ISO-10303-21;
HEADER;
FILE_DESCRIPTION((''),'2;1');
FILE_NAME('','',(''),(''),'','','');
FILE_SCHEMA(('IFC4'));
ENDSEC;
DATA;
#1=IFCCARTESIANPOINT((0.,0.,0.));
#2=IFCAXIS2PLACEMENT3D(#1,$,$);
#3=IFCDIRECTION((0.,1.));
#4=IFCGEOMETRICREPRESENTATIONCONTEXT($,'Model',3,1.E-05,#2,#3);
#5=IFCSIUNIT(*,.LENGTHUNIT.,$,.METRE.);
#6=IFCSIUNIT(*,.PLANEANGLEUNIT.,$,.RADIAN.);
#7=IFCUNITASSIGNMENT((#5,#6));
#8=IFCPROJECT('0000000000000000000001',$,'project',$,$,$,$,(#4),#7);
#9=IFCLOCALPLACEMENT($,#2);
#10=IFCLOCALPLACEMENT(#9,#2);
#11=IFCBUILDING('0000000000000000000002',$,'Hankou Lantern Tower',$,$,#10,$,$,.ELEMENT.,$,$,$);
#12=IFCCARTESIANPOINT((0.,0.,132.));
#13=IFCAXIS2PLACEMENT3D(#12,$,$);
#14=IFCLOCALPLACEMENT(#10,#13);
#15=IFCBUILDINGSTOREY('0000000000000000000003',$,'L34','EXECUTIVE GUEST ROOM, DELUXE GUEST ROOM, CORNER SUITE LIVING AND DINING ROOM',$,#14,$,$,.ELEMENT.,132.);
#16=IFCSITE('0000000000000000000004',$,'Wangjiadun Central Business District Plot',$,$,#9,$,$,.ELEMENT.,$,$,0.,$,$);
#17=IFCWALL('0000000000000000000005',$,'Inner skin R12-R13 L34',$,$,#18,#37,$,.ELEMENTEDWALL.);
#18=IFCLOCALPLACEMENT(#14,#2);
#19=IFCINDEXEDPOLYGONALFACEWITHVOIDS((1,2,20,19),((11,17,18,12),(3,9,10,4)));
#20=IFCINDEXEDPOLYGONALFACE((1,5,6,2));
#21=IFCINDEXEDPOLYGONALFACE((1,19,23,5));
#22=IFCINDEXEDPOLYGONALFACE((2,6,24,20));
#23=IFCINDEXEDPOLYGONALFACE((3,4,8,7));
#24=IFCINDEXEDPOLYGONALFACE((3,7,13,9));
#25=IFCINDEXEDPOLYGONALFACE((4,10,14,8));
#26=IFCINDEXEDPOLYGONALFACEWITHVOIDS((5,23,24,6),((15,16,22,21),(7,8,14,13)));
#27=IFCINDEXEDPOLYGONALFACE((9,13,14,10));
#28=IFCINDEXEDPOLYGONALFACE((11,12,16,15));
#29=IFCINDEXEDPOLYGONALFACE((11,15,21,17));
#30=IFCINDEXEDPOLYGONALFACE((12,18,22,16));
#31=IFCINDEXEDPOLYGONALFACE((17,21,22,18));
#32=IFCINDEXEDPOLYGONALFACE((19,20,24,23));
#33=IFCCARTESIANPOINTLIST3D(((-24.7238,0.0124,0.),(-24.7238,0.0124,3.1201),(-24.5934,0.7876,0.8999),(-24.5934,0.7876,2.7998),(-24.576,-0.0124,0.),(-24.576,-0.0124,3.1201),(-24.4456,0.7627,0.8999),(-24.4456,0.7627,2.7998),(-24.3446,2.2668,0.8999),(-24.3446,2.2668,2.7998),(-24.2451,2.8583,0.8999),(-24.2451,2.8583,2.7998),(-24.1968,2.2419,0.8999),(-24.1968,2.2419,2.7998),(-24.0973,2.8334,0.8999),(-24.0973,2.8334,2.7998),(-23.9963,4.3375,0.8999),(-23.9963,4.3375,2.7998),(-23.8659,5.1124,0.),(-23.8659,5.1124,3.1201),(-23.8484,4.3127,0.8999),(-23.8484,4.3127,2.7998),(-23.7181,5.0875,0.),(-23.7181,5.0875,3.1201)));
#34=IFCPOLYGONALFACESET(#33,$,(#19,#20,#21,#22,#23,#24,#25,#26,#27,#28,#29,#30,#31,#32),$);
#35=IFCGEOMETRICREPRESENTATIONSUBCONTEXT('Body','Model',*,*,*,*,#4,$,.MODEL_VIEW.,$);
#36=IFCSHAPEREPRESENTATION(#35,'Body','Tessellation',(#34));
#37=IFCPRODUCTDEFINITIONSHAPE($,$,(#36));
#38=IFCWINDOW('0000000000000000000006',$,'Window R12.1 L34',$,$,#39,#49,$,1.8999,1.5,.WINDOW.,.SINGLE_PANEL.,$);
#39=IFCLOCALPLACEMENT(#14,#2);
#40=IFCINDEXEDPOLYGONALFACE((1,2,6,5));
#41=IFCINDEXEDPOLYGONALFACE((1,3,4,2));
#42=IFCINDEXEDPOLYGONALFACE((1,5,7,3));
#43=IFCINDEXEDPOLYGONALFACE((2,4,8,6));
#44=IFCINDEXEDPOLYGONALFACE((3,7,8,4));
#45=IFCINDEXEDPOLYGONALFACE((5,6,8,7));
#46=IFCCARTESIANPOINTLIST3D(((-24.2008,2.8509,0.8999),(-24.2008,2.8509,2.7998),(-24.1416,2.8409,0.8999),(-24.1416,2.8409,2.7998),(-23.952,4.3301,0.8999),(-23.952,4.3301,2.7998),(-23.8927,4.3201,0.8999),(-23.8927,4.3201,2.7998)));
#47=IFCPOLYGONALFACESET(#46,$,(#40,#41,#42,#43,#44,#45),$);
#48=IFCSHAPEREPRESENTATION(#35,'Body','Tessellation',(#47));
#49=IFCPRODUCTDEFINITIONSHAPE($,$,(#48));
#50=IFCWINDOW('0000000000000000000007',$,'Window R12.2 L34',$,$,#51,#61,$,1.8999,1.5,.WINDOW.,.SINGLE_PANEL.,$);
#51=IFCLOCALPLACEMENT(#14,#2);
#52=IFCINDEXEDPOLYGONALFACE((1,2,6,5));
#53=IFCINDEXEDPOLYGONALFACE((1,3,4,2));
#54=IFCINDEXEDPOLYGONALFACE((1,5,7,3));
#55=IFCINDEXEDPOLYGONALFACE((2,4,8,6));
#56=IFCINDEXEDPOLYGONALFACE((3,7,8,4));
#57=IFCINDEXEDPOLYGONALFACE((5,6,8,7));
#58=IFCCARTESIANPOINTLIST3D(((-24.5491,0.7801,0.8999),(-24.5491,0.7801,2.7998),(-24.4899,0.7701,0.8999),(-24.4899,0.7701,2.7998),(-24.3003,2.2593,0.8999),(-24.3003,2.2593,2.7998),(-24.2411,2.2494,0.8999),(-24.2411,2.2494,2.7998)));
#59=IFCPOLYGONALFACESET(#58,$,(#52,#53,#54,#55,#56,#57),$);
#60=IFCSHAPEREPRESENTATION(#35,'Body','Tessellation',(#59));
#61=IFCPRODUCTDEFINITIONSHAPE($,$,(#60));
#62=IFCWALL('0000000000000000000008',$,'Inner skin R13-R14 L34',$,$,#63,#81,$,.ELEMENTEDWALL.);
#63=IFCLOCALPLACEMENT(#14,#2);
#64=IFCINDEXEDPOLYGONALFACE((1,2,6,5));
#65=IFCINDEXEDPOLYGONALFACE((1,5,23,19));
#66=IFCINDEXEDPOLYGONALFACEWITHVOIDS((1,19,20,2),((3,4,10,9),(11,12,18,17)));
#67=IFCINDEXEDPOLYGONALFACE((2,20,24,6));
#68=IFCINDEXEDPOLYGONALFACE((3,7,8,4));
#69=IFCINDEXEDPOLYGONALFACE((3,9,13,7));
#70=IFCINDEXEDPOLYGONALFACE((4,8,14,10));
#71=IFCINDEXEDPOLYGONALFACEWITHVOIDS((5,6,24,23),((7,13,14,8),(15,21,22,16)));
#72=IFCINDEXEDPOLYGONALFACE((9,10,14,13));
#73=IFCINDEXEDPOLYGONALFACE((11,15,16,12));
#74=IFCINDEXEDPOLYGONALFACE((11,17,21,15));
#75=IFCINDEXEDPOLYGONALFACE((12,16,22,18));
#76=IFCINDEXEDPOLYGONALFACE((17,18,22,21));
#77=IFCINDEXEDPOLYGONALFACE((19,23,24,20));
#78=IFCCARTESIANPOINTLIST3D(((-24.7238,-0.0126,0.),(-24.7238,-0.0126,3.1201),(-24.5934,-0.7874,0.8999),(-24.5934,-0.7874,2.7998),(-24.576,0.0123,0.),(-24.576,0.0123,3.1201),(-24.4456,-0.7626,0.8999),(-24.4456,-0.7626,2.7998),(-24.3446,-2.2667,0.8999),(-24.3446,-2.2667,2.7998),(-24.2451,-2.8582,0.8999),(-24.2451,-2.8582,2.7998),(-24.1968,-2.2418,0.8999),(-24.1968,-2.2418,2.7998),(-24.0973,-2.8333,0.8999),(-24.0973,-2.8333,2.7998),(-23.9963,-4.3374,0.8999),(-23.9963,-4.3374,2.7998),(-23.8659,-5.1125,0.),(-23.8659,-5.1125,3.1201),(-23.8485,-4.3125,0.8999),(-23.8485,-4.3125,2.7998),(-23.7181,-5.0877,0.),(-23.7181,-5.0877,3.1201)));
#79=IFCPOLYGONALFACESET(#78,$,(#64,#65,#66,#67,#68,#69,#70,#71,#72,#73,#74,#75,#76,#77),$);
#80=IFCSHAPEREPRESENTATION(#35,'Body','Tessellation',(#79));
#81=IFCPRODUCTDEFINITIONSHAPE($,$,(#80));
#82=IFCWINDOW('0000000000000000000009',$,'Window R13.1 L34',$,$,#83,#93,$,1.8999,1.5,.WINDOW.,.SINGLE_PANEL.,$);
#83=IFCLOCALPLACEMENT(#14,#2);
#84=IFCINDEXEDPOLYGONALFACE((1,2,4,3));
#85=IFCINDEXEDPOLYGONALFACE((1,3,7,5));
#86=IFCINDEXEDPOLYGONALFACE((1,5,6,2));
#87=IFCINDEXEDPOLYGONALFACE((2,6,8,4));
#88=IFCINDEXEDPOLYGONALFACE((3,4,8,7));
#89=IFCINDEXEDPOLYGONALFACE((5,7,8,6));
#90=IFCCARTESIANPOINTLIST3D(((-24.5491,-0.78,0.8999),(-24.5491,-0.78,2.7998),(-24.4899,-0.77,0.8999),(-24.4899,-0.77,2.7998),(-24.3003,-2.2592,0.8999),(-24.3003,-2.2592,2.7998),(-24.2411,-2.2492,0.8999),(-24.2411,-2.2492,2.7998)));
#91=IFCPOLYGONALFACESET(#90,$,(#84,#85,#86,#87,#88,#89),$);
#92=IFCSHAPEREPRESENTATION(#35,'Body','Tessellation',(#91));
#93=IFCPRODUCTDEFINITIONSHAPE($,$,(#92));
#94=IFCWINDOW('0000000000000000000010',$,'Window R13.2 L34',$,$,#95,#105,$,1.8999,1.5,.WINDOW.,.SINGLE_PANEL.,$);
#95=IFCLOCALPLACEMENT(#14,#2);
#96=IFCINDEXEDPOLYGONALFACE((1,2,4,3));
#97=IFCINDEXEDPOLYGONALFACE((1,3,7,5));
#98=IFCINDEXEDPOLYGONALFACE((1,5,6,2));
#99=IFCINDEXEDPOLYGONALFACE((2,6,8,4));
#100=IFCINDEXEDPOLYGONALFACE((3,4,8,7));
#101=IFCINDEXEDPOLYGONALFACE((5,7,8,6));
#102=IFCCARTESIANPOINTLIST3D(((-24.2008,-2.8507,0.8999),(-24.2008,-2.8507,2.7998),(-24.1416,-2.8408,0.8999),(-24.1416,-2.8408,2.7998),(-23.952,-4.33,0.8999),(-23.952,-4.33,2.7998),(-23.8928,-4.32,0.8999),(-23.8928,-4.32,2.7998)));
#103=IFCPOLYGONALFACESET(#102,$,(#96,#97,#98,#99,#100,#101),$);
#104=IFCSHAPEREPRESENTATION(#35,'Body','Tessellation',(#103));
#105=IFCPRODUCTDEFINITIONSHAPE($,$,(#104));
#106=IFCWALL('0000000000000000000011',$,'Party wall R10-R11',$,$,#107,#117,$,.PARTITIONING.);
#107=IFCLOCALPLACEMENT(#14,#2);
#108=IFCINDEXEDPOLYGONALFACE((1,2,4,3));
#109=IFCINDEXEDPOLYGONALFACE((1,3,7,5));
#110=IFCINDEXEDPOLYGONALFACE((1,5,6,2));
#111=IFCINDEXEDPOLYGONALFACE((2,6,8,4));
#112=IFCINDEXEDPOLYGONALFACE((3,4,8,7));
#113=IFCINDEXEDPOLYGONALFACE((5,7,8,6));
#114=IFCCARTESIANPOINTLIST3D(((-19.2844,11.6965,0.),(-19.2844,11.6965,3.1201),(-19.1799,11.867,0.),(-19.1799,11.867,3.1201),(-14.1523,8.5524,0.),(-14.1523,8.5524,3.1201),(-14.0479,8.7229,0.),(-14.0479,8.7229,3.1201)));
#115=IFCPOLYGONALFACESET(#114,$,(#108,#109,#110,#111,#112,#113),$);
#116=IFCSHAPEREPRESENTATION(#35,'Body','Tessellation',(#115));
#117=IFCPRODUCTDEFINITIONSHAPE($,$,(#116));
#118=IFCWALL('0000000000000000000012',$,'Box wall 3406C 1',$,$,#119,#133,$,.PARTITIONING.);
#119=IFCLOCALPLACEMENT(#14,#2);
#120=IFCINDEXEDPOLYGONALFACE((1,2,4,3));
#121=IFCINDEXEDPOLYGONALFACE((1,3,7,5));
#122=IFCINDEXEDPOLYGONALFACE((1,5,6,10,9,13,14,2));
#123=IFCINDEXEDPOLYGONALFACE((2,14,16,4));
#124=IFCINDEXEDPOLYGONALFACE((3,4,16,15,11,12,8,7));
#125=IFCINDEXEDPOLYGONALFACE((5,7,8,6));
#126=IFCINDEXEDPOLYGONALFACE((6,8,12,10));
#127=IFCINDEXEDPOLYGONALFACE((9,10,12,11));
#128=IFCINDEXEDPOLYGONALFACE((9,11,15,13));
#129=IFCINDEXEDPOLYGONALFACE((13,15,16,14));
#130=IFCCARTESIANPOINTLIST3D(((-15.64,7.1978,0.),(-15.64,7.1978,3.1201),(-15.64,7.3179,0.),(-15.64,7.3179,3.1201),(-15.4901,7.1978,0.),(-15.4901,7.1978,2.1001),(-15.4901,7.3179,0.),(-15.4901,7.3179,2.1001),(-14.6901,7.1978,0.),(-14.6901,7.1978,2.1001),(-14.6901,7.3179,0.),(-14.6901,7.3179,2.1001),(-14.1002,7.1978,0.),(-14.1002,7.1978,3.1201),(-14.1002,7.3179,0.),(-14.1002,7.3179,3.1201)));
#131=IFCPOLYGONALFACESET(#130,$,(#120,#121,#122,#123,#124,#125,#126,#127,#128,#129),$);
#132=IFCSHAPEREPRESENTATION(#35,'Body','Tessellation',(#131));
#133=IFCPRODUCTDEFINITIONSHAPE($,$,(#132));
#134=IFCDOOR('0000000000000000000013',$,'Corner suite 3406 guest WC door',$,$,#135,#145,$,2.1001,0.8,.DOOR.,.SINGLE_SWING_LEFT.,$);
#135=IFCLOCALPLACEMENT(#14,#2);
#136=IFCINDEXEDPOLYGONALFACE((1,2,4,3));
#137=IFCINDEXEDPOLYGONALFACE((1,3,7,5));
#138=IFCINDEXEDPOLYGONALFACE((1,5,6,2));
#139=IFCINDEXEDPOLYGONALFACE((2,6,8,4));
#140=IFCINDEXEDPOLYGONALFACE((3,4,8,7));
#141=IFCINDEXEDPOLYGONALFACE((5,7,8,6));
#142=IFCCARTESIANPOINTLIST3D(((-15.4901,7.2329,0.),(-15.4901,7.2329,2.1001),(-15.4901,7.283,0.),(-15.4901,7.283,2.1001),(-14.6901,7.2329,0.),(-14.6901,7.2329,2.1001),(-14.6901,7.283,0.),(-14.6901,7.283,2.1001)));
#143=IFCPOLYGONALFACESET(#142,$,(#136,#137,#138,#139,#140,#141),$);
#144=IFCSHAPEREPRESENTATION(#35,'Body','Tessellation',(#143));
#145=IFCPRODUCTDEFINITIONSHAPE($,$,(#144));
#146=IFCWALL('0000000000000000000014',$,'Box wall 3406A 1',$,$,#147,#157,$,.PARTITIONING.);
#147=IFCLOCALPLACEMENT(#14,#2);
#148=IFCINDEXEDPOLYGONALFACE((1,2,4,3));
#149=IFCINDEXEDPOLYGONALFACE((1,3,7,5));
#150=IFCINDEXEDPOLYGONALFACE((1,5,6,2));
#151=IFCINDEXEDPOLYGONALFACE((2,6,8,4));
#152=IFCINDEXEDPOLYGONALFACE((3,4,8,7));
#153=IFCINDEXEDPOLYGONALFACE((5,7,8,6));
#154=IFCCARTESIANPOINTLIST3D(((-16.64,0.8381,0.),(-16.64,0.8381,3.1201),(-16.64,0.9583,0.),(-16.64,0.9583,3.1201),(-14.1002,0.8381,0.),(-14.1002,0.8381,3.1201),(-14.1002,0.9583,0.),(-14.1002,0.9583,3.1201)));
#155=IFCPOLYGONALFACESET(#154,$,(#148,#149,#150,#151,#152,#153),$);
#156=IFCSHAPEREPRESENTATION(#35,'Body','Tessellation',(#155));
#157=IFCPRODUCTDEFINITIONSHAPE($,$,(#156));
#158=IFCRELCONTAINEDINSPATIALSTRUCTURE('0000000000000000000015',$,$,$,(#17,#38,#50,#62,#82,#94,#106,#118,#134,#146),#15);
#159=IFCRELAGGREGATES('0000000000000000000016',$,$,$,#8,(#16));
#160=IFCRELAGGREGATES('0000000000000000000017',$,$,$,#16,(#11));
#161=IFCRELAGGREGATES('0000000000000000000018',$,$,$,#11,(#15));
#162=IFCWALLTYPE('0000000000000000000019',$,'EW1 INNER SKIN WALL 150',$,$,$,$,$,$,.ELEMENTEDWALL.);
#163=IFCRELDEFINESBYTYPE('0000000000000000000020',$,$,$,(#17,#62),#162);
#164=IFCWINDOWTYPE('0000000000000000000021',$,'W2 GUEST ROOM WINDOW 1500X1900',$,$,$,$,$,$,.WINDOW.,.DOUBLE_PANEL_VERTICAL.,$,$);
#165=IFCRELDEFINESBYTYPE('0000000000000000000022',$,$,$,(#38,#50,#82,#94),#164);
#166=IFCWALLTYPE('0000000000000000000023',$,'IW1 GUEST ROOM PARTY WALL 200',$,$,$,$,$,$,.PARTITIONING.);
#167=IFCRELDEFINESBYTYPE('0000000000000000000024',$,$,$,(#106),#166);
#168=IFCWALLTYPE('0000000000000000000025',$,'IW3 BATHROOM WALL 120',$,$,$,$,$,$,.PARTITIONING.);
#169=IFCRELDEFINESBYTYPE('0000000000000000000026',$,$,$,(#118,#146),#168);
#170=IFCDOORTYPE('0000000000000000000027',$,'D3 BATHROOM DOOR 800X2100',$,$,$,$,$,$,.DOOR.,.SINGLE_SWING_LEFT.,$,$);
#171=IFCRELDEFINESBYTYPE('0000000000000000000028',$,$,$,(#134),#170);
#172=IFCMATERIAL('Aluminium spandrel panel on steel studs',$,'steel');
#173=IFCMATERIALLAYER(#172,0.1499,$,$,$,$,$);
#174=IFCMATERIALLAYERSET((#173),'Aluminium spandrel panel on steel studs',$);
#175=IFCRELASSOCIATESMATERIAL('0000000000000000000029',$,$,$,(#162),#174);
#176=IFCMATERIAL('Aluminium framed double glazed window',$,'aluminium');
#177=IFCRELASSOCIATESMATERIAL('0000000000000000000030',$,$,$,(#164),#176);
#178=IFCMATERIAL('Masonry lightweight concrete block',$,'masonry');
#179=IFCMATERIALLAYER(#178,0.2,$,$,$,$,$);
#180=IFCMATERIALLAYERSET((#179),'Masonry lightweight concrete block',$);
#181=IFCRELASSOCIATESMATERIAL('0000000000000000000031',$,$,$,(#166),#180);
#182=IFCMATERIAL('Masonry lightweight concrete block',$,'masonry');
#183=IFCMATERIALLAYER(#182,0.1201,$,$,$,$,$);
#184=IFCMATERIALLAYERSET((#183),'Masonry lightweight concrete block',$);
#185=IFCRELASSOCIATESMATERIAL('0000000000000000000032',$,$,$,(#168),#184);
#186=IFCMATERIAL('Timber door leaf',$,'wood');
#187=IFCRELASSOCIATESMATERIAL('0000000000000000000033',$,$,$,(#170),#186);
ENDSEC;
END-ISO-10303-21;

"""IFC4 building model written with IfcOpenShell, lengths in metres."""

from ifc_helpers import new_model, si_unit, direction, frame, frame_2d, origin, place, context, subcontext, project, spatial, rectangle, extrude, material, layer, layer_set, type_object, element, fill, save


model = new_model("IFC4")

# Units and contexts
model_context = context("Model", 3, precision=1e-05, world=origin(), true_north=direction((0.0, 1.0)))
body_context = subcontext(model_context, "Body", "Model", "MODEL_VIEW")
ifc_project = project(units=[si_unit("LENGTHUNIT", "METRE"), si_unit("PLANEANGLEUNIT", "RADIAN")], contexts=[model_context])

# Site, building, storey
site_placement = place(None, origin())
site = spatial("IfcSite", under=ifc_project, at=site_placement, Name="Wangjiadun Central Business District Plot", CompositionType="ELEMENT", RefElevation=0.0)
building_placement = place(site_placement, origin())
building = spatial("IfcBuilding", under=site, at=building_placement, Name="Hankou Lantern Tower", CompositionType="ELEMENT")
storey_placement = place(building_placement, frame((0.0, 0.0, 132.0)))
storey = spatial("IfcBuildingStorey", under=building, at=storey_placement, Name="L34", Description="EXECUTIVE GUEST ROOM, DELUXE GUEST ROOM, CORNER SUITE LIVING AND DINING ROOM", CompositionType="ELEMENT", Elevation=132.0)

# Walls, openings, windows
ifc_material_1 = material(Name="Aluminium spandrel panel on steel studs", Category="steel")
ifc_layer_1 = layer(ifc_material_1, 0.1499)
ifc_layer_set_1 = layer_set([ifc_layer_1], Name="Aluminium spandrel panel on steel studs")
wall_type_1 = type_object("IfcWallType", Name="EW1 INNER SKIN WALL 150", PredefinedType="ELEMENTEDWALL", material=ifc_layer_set_1)
wall_1_placement = place(storey_placement, frame((-23.792, 5.1001, 0.0), z_axis=(0.0, 0.0, 1.0), x_axis=(-0.165884, -0.986145, 0.0)))
wall_1 = element("IfcWall", 1, at=wall_1_placement, inside=storey, type_object=wall_type_1, Name="Inner skin R12-R13 L34", PredefinedType="ELEMENTEDWALL", context=body_context, shape_type="SweptSolid", body=[
    extrude(rectangle(XDim=5.1716, YDim=0.1499, at=frame_2d((2.5859, 0.0))), origin(), (0.0, 0.0, 1.0), 3.1201),
])
opening_1_placement = place(wall_1_placement, frame((0.7859, 0.0, 0.8999)))
opening_1 = element("IfcOpeningElement", 2, at=opening_1_placement, cuts=wall_1, PredefinedType="OPENING", context=body_context, shape_type="SweptSolid", body=[
    extrude(rectangle(XDim=1.5, YDim=1.8999, at=frame_2d((0.75, 0.95))), frame((0.0, 0.085, 0.0), z_axis=(0.0, -1.0, 0.0), x_axis=(1.0, 0.0, 0.0)), (0.0, 0.0, 1.0), 0.1699),
])
opening_2_placement = place(wall_1_placement, frame((2.8857, 0.0, 0.8999)))
opening_2 = element("IfcOpeningElement", 3, at=opening_2_placement, cuts=wall_1, PredefinedType="OPENING", context=body_context, shape_type="SweptSolid", body=[
    extrude(rectangle(XDim=1.5, YDim=1.8999, at=frame_2d((0.75, 0.95))), frame((0.0, 0.085, 0.0), z_axis=(0.0, -1.0, 0.0), x_axis=(1.0, 0.0, 0.0)), (0.0, 0.0, 1.0), 0.1699),
])
ifc_material_2 = material(Name="Aluminium framed double glazed window", Category="aluminium")
window_type = type_object("IfcWindowType", Name="W2 GUEST ROOM WINDOW 1500X1900", PartitioningType="DOUBLE_PANEL_VERTICAL", PredefinedType="WINDOW", material=ifc_material_2)
window_1_placement = place(opening_1_placement, origin())
window_1 = element("IfcWindow", 4, at=window_1_placement, inside=storey, type_object=window_type, Name="Window R12.1 L34", OverallHeight=1.8999, OverallWidth=1.5, PartitioningType="SINGLE_PANEL", PredefinedType="WINDOW", context=body_context, shape_type="SweptSolid", body=[
    extrude(rectangle(XDim=1.5, YDim=1.8999, at=frame_2d((0.75, 0.95))), frame((0.0, 0.03, 0.0), z_axis=(0.0, -1.0, 0.0), x_axis=(1.0, 0.0, 0.0)), (0.0, 0.0, 1.0), 0.0601),
])
fill(opening_1, window_1)
window_2_placement = place(opening_2_placement, origin())
window_2 = element("IfcWindow", 5, at=window_2_placement, inside=storey, type_object=window_type, Name="Window R12.2 L34", OverallHeight=1.8999, OverallWidth=1.5, PartitioningType="SINGLE_PANEL", PredefinedType="WINDOW", context=body_context, shape_type="SweptSolid", body=[
    extrude(rectangle(XDim=1.5, YDim=1.8999, at=frame_2d((0.75, 0.95))), frame((0.0, 0.03, 0.0), z_axis=(0.0, -1.0, 0.0), x_axis=(1.0, 0.0, 0.0)), (0.0, 0.0, 1.0), 0.0601),
])
fill(opening_2, window_2)
wall_2_placement = place(storey_placement, frame((-24.6499, 0.0, 0.0), z_axis=(0.0, 0.0, 1.0), x_axis=(0.165884, -0.986145, 0.0)))
wall_2 = element("IfcWall", 6, at=wall_2_placement, inside=storey, type_object=wall_type_1, Name="Inner skin R13-R14 L34", PredefinedType="ELEMENTEDWALL", context=body_context, shape_type="SweptSolid", body=[
    extrude(rectangle(XDim=5.1716, YDim=0.1499, at=frame_2d((2.5859, 0.0))), origin(), (0.0, 0.0, 1.0), 3.1201),
])
opening_3_placement = place(wall_2_placement, frame((0.7859, 0.0, 0.8999)))
opening_3 = element("IfcOpeningElement", 7, at=opening_3_placement, cuts=wall_2, PredefinedType="OPENING", context=body_context, shape_type="SweptSolid", body=[
    extrude(rectangle(XDim=1.5, YDim=1.8999, at=frame_2d((0.75, 0.95))), frame((0.0, 0.085, 0.0), z_axis=(0.0, -1.0, 0.0), x_axis=(1.0, 0.0, 0.0)), (0.0, 0.0, 1.0), 0.1699),
])
opening_4_placement = place(wall_2_placement, frame((2.8857, 0.0, 0.8999)))
opening_4 = element("IfcOpeningElement", 8, at=opening_4_placement, cuts=wall_2, PredefinedType="OPENING", context=body_context, shape_type="SweptSolid", body=[
    extrude(rectangle(XDim=1.5, YDim=1.8999, at=frame_2d((0.75, 0.95))), frame((0.0, 0.085, 0.0), z_axis=(0.0, -1.0, 0.0), x_axis=(1.0, 0.0, 0.0)), (0.0, 0.0, 1.0), 0.1699),
])
window_3_placement = place(opening_3_placement, origin())
window_3 = element("IfcWindow", 9, at=window_3_placement, inside=storey, type_object=window_type, Name="Window R13.1 L34", OverallHeight=1.8999, OverallWidth=1.5, PartitioningType="SINGLE_PANEL", PredefinedType="WINDOW", context=body_context, shape_type="SweptSolid", body=[
    extrude(rectangle(XDim=1.5, YDim=1.8999, at=frame_2d((0.75, 0.95))), frame((0.0, 0.03, 0.0), z_axis=(0.0, -1.0, 0.0), x_axis=(1.0, 0.0, 0.0)), (0.0, 0.0, 1.0), 0.0601),
])
fill(opening_3, window_3)
window_4_placement = place(opening_4_placement, origin())
window_4 = element("IfcWindow", 10, at=window_4_placement, inside=storey, type_object=window_type, Name="Window R13.2 L34", OverallHeight=1.8999, OverallWidth=1.5, PartitioningType="SINGLE_PANEL", PredefinedType="WINDOW", context=body_context, shape_type="SweptSolid", body=[
    extrude(rectangle(XDim=1.5, YDim=1.8999, at=frame_2d((0.75, 0.95))), frame((0.0, 0.03, 0.0), z_axis=(0.0, -1.0, 0.0), x_axis=(1.0, 0.0, 0.0)), (0.0, 0.0, 1.0), 0.0601),
])
fill(opening_4, window_4)

# Wall
ifc_material_3 = material(Name="Masonry lightweight concrete block", Category="masonry")
ifc_layer_2 = layer(ifc_material_3, 0.2)
ifc_layer_set_2 = layer_set([ifc_layer_2], Name="Masonry lightweight concrete block")
wall_type_2 = type_object("IfcWallType", Name="IW1 GUEST ROOM PARTY WALL 200", PredefinedType="PARTITIONING", material=ifc_layer_set_2)
wall_3_placement = place(storey_placement, frame((-14.1001, 8.6377, 0.0), z_axis=(0.0, 0.0, 1.0), x_axis=(-0.852707, 0.52239, 0.0)))
element("IfcWall", 11, at=wall_3_placement, inside=storey, type_object=wall_type_2, Name="Party wall R10-R11", PredefinedType="PARTITIONING", context=body_context, shape_type="SweptSolid", body=[
    extrude(rectangle(XDim=6.0186, YDim=0.2, at=frame_2d((3.0093, 0.0))), origin(), (0.0, 0.0, 1.0), 3.1201),
])

# Wall, opening, door
ifc_material_4 = material(Name="Masonry lightweight concrete block", Category="masonry")
ifc_layer_3 = layer(ifc_material_4, 0.1201)
ifc_layer_set_3 = layer_set([ifc_layer_3], Name="Masonry lightweight concrete block")
wall_type_3 = type_object("IfcWallType", Name="IW3 BATHROOM WALL 120", PredefinedType="PARTITIONING", material=ifc_layer_set_3)
wall_4_placement = place(storey_placement, frame((-14.1001, 7.2578, 0.0), z_axis=(0.0, 0.0, 1.0), x_axis=(-1.0, 0.0, 0.0)))
wall_4 = element("IfcWall", 12, at=wall_4_placement, inside=storey, type_object=wall_type_3, Name="Box wall 3406C 1", PredefinedType="PARTITIONING", context=body_context, shape_type="SweptSolid", body=[
    extrude(rectangle(XDim=1.5398, YDim=0.1201, at=frame_2d((0.77, 0.0))), origin(), (0.0, 0.0, 1.0), 3.1201),
])
opening_5_placement = place(wall_4_placement, frame((0.5901, 0.0, 0.0)))
opening_5 = element("IfcOpeningElement", 13, at=opening_5_placement, cuts=wall_4, PredefinedType="OPENING", context=body_context, shape_type="SweptSolid", body=[
    extrude(rectangle(XDim=0.8, YDim=2.1001, at=frame_2d((0.3999, 1.05))), frame((0.0, 0.0701, 0.0), z_axis=(0.0, -1.0, 0.0), x_axis=(1.0, 0.0, 0.0)), (0.0, 0.0, 1.0), 0.1401),
])
ifc_material_5 = material(Name="Timber door leaf", Category="wood")
door_type_1 = type_object("IfcDoorType", Name="D3 BATHROOM DOOR 800X2100", OperationType="SINGLE_SWING_LEFT", PredefinedType="DOOR", material=ifc_material_5)
door_1_placement = place(opening_5_placement, origin())
door_1 = element("IfcDoor", 14, at=door_1_placement, inside=storey, type_object=door_type_1, Name="Corner suite 3406 guest WC door", OperationType="SINGLE_SWING_LEFT", OverallHeight=2.1001, OverallWidth=0.8, PredefinedType="DOOR", context=body_context, shape_type="SweptSolid", body=[
    extrude(rectangle(XDim=0.8, YDim=2.1001, at=frame_2d((0.3999, 1.05))), frame((0.0, 0.0249, 0.0), z_axis=(0.0, -1.0, 0.0), x_axis=(1.0, 0.0, 0.0)), (0.0, 0.0, 1.0), 0.05),
])
fill(opening_5, door_1)

# Wall
wall_5_placement = place(storey_placement, frame((-14.1001, 0.8982, 0.0), z_axis=(0.0, 0.0, 1.0), x_axis=(-1.0, 0.0, 0.0)))
element("IfcWall", 15, at=wall_5_placement, inside=storey, type_object=wall_type_3, Name="Box wall 3406A 1", PredefinedType="PARTITIONING", context=body_context, shape_type="SweptSolid", body=[
    extrude(rectangle(XDim=2.5398, YDim=0.1201, at=frame_2d((1.27, 0.0))), origin(), (0.0, 0.0, 1.0), 3.1201),
])

save(model, "model.ifc")
